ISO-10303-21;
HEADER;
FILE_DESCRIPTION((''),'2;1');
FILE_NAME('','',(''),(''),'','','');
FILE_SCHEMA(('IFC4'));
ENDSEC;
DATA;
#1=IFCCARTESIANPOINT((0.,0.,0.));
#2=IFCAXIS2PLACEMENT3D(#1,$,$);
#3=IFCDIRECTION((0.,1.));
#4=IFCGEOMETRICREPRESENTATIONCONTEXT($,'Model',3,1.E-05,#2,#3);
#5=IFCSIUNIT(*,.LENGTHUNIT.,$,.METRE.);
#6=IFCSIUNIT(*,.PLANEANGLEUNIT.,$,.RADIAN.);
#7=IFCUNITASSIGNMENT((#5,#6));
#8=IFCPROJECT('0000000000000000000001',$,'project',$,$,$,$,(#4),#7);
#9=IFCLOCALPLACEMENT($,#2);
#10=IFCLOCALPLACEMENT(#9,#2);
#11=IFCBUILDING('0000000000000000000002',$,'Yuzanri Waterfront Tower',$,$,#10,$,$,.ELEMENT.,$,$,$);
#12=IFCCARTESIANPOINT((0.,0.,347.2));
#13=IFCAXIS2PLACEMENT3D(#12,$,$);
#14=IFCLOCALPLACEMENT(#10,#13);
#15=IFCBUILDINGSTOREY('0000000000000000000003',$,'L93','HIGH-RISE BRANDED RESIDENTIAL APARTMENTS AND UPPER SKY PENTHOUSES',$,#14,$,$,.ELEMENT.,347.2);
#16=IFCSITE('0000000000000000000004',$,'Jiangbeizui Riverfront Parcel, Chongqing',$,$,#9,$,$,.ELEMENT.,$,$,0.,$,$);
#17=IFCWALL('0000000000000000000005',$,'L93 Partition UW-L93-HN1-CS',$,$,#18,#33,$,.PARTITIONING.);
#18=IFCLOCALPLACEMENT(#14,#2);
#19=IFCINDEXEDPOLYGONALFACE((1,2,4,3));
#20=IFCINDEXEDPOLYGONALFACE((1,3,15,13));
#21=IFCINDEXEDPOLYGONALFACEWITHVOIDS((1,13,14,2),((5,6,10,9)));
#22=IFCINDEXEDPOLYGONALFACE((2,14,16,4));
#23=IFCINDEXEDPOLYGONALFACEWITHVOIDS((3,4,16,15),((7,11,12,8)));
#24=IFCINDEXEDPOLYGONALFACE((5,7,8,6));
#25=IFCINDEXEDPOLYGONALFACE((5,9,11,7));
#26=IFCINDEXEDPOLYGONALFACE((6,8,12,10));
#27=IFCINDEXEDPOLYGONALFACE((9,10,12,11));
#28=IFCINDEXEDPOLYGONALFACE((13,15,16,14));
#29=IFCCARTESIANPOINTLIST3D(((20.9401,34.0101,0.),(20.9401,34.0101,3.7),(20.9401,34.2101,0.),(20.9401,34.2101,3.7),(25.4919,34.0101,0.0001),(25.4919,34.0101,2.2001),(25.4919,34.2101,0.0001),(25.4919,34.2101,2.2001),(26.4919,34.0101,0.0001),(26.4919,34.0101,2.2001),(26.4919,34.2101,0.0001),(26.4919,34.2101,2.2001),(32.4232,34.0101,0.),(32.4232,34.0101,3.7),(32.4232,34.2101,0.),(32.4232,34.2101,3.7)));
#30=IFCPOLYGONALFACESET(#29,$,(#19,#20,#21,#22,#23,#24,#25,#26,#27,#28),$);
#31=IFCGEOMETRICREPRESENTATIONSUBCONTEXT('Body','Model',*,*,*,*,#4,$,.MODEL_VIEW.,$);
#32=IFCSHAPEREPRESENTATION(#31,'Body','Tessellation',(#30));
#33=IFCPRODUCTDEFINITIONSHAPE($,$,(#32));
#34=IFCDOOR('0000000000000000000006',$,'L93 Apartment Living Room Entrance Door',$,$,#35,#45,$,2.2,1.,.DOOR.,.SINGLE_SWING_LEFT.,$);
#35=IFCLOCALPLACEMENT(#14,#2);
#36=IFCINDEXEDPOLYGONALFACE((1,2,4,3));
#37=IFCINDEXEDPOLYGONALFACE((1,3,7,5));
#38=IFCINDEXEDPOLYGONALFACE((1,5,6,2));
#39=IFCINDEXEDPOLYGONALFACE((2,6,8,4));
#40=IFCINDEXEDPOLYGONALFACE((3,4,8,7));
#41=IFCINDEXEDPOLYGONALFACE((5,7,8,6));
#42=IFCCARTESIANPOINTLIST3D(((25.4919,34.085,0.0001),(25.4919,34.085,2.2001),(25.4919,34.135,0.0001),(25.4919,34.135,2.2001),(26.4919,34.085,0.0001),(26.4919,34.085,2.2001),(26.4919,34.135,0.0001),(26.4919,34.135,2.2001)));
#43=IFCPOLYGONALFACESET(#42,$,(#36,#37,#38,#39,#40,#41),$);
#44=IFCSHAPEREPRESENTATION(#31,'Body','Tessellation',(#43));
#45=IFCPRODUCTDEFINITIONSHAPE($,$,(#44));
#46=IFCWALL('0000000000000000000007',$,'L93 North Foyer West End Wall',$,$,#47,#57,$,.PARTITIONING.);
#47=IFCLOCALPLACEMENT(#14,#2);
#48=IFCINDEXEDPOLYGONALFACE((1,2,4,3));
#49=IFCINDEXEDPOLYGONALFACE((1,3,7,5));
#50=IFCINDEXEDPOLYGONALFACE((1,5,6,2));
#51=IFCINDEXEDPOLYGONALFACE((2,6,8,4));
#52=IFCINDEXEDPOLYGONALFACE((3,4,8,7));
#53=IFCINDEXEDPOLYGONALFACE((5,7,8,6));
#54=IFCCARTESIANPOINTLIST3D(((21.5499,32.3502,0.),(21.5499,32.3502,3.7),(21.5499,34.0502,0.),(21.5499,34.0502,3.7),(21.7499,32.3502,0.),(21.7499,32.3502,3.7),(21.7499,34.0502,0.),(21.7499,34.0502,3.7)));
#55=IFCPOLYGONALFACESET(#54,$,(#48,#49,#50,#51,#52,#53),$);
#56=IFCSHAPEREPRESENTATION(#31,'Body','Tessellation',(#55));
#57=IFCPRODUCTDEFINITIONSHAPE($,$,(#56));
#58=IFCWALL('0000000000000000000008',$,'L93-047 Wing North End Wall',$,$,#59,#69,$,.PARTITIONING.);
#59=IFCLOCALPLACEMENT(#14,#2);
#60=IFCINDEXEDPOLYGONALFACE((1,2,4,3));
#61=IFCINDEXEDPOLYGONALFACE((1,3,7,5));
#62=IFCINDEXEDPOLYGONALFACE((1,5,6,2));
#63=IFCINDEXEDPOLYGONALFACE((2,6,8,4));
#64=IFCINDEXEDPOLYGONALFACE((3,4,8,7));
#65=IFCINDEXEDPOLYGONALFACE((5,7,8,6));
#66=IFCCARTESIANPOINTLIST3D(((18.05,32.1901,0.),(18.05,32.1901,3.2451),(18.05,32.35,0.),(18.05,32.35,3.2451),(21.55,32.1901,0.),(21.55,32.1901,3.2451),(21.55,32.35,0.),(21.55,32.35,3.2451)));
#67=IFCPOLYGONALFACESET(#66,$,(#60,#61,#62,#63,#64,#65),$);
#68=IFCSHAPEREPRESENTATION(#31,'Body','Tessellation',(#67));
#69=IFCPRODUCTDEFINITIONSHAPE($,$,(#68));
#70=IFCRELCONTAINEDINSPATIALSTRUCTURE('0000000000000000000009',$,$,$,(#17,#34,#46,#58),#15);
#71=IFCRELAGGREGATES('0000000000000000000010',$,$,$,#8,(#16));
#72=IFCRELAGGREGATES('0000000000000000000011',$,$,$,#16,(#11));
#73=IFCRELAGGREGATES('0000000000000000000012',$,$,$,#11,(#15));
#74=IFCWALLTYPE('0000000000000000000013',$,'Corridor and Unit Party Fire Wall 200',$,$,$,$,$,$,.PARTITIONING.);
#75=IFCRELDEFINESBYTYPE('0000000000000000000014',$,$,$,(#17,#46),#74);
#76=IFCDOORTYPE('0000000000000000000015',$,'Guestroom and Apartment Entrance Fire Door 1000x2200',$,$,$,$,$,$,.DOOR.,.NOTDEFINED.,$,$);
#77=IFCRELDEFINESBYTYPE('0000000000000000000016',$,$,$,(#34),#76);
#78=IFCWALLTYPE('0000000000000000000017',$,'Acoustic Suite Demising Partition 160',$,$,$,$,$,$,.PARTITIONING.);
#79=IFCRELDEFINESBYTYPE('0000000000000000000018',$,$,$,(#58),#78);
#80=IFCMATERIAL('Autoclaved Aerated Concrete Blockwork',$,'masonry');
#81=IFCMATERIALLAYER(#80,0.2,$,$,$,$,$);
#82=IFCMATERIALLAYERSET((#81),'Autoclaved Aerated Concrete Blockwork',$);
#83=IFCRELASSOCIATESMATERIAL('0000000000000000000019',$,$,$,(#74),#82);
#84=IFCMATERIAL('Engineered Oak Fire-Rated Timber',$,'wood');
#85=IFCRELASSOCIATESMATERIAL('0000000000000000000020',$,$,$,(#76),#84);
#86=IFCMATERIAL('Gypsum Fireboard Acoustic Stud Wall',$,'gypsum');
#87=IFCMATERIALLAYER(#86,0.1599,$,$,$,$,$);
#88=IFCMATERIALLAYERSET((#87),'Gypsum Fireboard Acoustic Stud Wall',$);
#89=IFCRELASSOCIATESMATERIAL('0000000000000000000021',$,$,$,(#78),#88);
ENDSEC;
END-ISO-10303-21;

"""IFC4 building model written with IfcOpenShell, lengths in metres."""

from ifc_helpers import new_model, si_unit, direction, frame, frame_2d, origin, place, context, subcontext, project, spatial, rectangle, extrude, source, transform, mapped, material, layer, layer_set, type_object, element, fill, save


model = new_model("IFC4")

# Units and contexts
model_context = context("Model", 3, precision=1e-05, world=origin(), true_north=direction((0.0, 1.0)))
body_context = subcontext(model_context, "Body", "Model", "MODEL_VIEW")
ifc_project = project(units=[si_unit("LENGTHUNIT", "METRE"), si_unit("PLANEANGLEUNIT", "RADIAN")], contexts=[model_context])

# Site, building, storey
site_placement = place(None, origin())
site = spatial("IfcSite", under=ifc_project, at=site_placement, Name="Jiangbeizui Riverfront Parcel, Chongqing", CompositionType="ELEMENT", RefElevation=0.0)
building_placement = place(site_placement, origin())
building = spatial("IfcBuilding", under=site, at=building_placement, Name="Yuzanri Waterfront Tower", CompositionType="ELEMENT")
storey_placement = place(building_placement, frame((0.0, 0.0, 347.2)))
storey = spatial("IfcBuildingStorey", under=building, at=storey_placement, Name="L93", Description="HIGH-RISE BRANDED RESIDENTIAL APARTMENTS AND UPPER SKY PENTHOUSES", CompositionType="ELEMENT", Elevation=347.2)

# Wall, opening, door
ifc_material_1 = material(Name="Autoclaved Aerated Concrete Blockwork", Category="masonry")
ifc_layer_1 = layer(ifc_material_1, 0.2)
ifc_layer_set_1 = layer_set([ifc_layer_1], Name="Autoclaved Aerated Concrete Blockwork")
wall_type_1 = type_object("IfcWallType", Name="Corridor and Unit Party Fire Wall 200", PredefinedType="PARTITIONING", material=ifc_layer_set_1)
wall_1_placement = place(storey_placement, frame((20.9399, 34.1101, 0.0), z_axis=(0.0, 0.0, 1.0), x_axis=(1.0, 0.0, 0.0)))
wall_1 = element("IfcWall", 1, at=wall_1_placement, inside=storey, type_object=wall_type_1, Name="L93 Partition UW-L93-HN1-CS", PredefinedType="PARTITIONING", context=body_context, shape_type="SweptSolid", body=[
    extrude(rectangle(XDim=11.4832, YDim=0.2, at=frame_2d((5.7417, 0.0))), origin(), (0.0, 0.0, 1.0), 3.7),
])
opening_1_placement = place(wall_1_placement, frame((4.552, 0.0, 0.0)))
opening_1 = element("IfcOpeningElement", 2, at=opening_1_placement, cuts=wall_1, PredefinedType="OPENING", context=body_context, shape_type="SweptSolid", body=[
    extrude(rectangle(XDim=1.0, YDim=2.2, at=frame_2d((0.5, 1.1001))), frame((0.0, 0.1147, 0.0), z_axis=(0.0, -1.0, 0.0), x_axis=(1.0, 0.0, 0.0)), (0.0, 0.0, 1.0), 0.2297),
])
ifc_material_2 = material(Name="Engineered Oak Fire-Rated Timber", Category="wood")
door_type_1 = type_object("IfcDoorType", Name="Guestroom and Apartment Entrance Fire Door 1000x2200", OperationType="NOTDEFINED", PredefinedType="DOOR", material=ifc_material_2)
shared_shape_1 = source(origin(), body_context, "Body", "SweptSolid", [
    extrude(rectangle(XDim=1.0, YDim=2.2, at=frame_2d((0.5, 1.1001))), frame((0.0, 0.0249, 0.0), z_axis=(0.0, -1.0, 0.0), x_axis=(1.0, 0.0, 0.0)), (0.0, 0.0, 1.0), 0.05),
])
door_1_placement = place(opening_1_placement, origin())
door_1 = element("IfcDoor", 3, at=door_1_placement, inside=storey, type_object=door_type_1, Name="L93 Apartment Living Room Entrance Door", OperationType="SINGLE_SWING_LEFT", OverallHeight=2.2, OverallWidth=1.0, PredefinedType="DOOR", context=body_context, shape_type="MappedRepresentation", body=[
    mapped(shared_shape_1, transform((0.0, 0.0, 0.0), scale=1.0)),
])
fill(opening_1, door_1)

# Walls
shared_shape_2 = source(origin(), body_context, "Body", "SweptSolid", [
    extrude(rectangle(XDim=1.7, YDim=0.2, at=frame_2d((0.8501, 0.0))), origin(), (0.0, 0.0, 1.0), 3.7),
])
wall_2_placement = place(storey_placement, frame((21.6499, 32.3501, 0.0), z_axis=(0.0, 0.0, 1.0), x_axis=(0.0, 1.0, 0.0)))
element("IfcWall", 4, at=wall_2_placement, inside=storey, type_object=wall_type_1, Name="L93 North Foyer West End Wall", PredefinedType="PARTITIONING", context=body_context, shape_type="MappedRepresentation", body=[
    mapped(shared_shape_2, transform((0.0, 0.0, 0.0), scale=1.0)),
])
ifc_material_3 = material(Name="Gypsum Fireboard Acoustic Stud Wall", Category="gypsum")
ifc_layer_2 = layer(ifc_material_3, 0.1599)
ifc_layer_set_2 = layer_set([ifc_layer_2], Name="Gypsum Fireboard Acoustic Stud Wall")
wall_type_2 = type_object("IfcWallType", Name="Acoustic Suite Demising Partition 160", PredefinedType="PARTITIONING", material=ifc_layer_set_2)
shared_shape_3 = source(origin(), body_context, "Body", "SweptSolid", [
    extrude(rectangle(XDim=3.5, YDim=0.1599, at=frame_2d((1.75, 0.0))), origin(), (0.0, 0.0, 1.0), 3.2451),
])
wall_3_placement = place(storey_placement, frame((18.05, 32.27, 0.0), z_axis=(0.0, 0.0, 1.0), x_axis=(1.0, 0.0, 0.0)))
element("IfcWall", 5, at=wall_3_placement, inside=storey, type_object=wall_type_2, Name="L93-047 Wing North End Wall", PredefinedType="PARTITIONING", context=body_context, shape_type="MappedRepresentation", body=[
    mapped(shared_shape_3, transform((0.0, 0.0, 0.0), scale=1.0)),
])

save(model, "model.ifc")
